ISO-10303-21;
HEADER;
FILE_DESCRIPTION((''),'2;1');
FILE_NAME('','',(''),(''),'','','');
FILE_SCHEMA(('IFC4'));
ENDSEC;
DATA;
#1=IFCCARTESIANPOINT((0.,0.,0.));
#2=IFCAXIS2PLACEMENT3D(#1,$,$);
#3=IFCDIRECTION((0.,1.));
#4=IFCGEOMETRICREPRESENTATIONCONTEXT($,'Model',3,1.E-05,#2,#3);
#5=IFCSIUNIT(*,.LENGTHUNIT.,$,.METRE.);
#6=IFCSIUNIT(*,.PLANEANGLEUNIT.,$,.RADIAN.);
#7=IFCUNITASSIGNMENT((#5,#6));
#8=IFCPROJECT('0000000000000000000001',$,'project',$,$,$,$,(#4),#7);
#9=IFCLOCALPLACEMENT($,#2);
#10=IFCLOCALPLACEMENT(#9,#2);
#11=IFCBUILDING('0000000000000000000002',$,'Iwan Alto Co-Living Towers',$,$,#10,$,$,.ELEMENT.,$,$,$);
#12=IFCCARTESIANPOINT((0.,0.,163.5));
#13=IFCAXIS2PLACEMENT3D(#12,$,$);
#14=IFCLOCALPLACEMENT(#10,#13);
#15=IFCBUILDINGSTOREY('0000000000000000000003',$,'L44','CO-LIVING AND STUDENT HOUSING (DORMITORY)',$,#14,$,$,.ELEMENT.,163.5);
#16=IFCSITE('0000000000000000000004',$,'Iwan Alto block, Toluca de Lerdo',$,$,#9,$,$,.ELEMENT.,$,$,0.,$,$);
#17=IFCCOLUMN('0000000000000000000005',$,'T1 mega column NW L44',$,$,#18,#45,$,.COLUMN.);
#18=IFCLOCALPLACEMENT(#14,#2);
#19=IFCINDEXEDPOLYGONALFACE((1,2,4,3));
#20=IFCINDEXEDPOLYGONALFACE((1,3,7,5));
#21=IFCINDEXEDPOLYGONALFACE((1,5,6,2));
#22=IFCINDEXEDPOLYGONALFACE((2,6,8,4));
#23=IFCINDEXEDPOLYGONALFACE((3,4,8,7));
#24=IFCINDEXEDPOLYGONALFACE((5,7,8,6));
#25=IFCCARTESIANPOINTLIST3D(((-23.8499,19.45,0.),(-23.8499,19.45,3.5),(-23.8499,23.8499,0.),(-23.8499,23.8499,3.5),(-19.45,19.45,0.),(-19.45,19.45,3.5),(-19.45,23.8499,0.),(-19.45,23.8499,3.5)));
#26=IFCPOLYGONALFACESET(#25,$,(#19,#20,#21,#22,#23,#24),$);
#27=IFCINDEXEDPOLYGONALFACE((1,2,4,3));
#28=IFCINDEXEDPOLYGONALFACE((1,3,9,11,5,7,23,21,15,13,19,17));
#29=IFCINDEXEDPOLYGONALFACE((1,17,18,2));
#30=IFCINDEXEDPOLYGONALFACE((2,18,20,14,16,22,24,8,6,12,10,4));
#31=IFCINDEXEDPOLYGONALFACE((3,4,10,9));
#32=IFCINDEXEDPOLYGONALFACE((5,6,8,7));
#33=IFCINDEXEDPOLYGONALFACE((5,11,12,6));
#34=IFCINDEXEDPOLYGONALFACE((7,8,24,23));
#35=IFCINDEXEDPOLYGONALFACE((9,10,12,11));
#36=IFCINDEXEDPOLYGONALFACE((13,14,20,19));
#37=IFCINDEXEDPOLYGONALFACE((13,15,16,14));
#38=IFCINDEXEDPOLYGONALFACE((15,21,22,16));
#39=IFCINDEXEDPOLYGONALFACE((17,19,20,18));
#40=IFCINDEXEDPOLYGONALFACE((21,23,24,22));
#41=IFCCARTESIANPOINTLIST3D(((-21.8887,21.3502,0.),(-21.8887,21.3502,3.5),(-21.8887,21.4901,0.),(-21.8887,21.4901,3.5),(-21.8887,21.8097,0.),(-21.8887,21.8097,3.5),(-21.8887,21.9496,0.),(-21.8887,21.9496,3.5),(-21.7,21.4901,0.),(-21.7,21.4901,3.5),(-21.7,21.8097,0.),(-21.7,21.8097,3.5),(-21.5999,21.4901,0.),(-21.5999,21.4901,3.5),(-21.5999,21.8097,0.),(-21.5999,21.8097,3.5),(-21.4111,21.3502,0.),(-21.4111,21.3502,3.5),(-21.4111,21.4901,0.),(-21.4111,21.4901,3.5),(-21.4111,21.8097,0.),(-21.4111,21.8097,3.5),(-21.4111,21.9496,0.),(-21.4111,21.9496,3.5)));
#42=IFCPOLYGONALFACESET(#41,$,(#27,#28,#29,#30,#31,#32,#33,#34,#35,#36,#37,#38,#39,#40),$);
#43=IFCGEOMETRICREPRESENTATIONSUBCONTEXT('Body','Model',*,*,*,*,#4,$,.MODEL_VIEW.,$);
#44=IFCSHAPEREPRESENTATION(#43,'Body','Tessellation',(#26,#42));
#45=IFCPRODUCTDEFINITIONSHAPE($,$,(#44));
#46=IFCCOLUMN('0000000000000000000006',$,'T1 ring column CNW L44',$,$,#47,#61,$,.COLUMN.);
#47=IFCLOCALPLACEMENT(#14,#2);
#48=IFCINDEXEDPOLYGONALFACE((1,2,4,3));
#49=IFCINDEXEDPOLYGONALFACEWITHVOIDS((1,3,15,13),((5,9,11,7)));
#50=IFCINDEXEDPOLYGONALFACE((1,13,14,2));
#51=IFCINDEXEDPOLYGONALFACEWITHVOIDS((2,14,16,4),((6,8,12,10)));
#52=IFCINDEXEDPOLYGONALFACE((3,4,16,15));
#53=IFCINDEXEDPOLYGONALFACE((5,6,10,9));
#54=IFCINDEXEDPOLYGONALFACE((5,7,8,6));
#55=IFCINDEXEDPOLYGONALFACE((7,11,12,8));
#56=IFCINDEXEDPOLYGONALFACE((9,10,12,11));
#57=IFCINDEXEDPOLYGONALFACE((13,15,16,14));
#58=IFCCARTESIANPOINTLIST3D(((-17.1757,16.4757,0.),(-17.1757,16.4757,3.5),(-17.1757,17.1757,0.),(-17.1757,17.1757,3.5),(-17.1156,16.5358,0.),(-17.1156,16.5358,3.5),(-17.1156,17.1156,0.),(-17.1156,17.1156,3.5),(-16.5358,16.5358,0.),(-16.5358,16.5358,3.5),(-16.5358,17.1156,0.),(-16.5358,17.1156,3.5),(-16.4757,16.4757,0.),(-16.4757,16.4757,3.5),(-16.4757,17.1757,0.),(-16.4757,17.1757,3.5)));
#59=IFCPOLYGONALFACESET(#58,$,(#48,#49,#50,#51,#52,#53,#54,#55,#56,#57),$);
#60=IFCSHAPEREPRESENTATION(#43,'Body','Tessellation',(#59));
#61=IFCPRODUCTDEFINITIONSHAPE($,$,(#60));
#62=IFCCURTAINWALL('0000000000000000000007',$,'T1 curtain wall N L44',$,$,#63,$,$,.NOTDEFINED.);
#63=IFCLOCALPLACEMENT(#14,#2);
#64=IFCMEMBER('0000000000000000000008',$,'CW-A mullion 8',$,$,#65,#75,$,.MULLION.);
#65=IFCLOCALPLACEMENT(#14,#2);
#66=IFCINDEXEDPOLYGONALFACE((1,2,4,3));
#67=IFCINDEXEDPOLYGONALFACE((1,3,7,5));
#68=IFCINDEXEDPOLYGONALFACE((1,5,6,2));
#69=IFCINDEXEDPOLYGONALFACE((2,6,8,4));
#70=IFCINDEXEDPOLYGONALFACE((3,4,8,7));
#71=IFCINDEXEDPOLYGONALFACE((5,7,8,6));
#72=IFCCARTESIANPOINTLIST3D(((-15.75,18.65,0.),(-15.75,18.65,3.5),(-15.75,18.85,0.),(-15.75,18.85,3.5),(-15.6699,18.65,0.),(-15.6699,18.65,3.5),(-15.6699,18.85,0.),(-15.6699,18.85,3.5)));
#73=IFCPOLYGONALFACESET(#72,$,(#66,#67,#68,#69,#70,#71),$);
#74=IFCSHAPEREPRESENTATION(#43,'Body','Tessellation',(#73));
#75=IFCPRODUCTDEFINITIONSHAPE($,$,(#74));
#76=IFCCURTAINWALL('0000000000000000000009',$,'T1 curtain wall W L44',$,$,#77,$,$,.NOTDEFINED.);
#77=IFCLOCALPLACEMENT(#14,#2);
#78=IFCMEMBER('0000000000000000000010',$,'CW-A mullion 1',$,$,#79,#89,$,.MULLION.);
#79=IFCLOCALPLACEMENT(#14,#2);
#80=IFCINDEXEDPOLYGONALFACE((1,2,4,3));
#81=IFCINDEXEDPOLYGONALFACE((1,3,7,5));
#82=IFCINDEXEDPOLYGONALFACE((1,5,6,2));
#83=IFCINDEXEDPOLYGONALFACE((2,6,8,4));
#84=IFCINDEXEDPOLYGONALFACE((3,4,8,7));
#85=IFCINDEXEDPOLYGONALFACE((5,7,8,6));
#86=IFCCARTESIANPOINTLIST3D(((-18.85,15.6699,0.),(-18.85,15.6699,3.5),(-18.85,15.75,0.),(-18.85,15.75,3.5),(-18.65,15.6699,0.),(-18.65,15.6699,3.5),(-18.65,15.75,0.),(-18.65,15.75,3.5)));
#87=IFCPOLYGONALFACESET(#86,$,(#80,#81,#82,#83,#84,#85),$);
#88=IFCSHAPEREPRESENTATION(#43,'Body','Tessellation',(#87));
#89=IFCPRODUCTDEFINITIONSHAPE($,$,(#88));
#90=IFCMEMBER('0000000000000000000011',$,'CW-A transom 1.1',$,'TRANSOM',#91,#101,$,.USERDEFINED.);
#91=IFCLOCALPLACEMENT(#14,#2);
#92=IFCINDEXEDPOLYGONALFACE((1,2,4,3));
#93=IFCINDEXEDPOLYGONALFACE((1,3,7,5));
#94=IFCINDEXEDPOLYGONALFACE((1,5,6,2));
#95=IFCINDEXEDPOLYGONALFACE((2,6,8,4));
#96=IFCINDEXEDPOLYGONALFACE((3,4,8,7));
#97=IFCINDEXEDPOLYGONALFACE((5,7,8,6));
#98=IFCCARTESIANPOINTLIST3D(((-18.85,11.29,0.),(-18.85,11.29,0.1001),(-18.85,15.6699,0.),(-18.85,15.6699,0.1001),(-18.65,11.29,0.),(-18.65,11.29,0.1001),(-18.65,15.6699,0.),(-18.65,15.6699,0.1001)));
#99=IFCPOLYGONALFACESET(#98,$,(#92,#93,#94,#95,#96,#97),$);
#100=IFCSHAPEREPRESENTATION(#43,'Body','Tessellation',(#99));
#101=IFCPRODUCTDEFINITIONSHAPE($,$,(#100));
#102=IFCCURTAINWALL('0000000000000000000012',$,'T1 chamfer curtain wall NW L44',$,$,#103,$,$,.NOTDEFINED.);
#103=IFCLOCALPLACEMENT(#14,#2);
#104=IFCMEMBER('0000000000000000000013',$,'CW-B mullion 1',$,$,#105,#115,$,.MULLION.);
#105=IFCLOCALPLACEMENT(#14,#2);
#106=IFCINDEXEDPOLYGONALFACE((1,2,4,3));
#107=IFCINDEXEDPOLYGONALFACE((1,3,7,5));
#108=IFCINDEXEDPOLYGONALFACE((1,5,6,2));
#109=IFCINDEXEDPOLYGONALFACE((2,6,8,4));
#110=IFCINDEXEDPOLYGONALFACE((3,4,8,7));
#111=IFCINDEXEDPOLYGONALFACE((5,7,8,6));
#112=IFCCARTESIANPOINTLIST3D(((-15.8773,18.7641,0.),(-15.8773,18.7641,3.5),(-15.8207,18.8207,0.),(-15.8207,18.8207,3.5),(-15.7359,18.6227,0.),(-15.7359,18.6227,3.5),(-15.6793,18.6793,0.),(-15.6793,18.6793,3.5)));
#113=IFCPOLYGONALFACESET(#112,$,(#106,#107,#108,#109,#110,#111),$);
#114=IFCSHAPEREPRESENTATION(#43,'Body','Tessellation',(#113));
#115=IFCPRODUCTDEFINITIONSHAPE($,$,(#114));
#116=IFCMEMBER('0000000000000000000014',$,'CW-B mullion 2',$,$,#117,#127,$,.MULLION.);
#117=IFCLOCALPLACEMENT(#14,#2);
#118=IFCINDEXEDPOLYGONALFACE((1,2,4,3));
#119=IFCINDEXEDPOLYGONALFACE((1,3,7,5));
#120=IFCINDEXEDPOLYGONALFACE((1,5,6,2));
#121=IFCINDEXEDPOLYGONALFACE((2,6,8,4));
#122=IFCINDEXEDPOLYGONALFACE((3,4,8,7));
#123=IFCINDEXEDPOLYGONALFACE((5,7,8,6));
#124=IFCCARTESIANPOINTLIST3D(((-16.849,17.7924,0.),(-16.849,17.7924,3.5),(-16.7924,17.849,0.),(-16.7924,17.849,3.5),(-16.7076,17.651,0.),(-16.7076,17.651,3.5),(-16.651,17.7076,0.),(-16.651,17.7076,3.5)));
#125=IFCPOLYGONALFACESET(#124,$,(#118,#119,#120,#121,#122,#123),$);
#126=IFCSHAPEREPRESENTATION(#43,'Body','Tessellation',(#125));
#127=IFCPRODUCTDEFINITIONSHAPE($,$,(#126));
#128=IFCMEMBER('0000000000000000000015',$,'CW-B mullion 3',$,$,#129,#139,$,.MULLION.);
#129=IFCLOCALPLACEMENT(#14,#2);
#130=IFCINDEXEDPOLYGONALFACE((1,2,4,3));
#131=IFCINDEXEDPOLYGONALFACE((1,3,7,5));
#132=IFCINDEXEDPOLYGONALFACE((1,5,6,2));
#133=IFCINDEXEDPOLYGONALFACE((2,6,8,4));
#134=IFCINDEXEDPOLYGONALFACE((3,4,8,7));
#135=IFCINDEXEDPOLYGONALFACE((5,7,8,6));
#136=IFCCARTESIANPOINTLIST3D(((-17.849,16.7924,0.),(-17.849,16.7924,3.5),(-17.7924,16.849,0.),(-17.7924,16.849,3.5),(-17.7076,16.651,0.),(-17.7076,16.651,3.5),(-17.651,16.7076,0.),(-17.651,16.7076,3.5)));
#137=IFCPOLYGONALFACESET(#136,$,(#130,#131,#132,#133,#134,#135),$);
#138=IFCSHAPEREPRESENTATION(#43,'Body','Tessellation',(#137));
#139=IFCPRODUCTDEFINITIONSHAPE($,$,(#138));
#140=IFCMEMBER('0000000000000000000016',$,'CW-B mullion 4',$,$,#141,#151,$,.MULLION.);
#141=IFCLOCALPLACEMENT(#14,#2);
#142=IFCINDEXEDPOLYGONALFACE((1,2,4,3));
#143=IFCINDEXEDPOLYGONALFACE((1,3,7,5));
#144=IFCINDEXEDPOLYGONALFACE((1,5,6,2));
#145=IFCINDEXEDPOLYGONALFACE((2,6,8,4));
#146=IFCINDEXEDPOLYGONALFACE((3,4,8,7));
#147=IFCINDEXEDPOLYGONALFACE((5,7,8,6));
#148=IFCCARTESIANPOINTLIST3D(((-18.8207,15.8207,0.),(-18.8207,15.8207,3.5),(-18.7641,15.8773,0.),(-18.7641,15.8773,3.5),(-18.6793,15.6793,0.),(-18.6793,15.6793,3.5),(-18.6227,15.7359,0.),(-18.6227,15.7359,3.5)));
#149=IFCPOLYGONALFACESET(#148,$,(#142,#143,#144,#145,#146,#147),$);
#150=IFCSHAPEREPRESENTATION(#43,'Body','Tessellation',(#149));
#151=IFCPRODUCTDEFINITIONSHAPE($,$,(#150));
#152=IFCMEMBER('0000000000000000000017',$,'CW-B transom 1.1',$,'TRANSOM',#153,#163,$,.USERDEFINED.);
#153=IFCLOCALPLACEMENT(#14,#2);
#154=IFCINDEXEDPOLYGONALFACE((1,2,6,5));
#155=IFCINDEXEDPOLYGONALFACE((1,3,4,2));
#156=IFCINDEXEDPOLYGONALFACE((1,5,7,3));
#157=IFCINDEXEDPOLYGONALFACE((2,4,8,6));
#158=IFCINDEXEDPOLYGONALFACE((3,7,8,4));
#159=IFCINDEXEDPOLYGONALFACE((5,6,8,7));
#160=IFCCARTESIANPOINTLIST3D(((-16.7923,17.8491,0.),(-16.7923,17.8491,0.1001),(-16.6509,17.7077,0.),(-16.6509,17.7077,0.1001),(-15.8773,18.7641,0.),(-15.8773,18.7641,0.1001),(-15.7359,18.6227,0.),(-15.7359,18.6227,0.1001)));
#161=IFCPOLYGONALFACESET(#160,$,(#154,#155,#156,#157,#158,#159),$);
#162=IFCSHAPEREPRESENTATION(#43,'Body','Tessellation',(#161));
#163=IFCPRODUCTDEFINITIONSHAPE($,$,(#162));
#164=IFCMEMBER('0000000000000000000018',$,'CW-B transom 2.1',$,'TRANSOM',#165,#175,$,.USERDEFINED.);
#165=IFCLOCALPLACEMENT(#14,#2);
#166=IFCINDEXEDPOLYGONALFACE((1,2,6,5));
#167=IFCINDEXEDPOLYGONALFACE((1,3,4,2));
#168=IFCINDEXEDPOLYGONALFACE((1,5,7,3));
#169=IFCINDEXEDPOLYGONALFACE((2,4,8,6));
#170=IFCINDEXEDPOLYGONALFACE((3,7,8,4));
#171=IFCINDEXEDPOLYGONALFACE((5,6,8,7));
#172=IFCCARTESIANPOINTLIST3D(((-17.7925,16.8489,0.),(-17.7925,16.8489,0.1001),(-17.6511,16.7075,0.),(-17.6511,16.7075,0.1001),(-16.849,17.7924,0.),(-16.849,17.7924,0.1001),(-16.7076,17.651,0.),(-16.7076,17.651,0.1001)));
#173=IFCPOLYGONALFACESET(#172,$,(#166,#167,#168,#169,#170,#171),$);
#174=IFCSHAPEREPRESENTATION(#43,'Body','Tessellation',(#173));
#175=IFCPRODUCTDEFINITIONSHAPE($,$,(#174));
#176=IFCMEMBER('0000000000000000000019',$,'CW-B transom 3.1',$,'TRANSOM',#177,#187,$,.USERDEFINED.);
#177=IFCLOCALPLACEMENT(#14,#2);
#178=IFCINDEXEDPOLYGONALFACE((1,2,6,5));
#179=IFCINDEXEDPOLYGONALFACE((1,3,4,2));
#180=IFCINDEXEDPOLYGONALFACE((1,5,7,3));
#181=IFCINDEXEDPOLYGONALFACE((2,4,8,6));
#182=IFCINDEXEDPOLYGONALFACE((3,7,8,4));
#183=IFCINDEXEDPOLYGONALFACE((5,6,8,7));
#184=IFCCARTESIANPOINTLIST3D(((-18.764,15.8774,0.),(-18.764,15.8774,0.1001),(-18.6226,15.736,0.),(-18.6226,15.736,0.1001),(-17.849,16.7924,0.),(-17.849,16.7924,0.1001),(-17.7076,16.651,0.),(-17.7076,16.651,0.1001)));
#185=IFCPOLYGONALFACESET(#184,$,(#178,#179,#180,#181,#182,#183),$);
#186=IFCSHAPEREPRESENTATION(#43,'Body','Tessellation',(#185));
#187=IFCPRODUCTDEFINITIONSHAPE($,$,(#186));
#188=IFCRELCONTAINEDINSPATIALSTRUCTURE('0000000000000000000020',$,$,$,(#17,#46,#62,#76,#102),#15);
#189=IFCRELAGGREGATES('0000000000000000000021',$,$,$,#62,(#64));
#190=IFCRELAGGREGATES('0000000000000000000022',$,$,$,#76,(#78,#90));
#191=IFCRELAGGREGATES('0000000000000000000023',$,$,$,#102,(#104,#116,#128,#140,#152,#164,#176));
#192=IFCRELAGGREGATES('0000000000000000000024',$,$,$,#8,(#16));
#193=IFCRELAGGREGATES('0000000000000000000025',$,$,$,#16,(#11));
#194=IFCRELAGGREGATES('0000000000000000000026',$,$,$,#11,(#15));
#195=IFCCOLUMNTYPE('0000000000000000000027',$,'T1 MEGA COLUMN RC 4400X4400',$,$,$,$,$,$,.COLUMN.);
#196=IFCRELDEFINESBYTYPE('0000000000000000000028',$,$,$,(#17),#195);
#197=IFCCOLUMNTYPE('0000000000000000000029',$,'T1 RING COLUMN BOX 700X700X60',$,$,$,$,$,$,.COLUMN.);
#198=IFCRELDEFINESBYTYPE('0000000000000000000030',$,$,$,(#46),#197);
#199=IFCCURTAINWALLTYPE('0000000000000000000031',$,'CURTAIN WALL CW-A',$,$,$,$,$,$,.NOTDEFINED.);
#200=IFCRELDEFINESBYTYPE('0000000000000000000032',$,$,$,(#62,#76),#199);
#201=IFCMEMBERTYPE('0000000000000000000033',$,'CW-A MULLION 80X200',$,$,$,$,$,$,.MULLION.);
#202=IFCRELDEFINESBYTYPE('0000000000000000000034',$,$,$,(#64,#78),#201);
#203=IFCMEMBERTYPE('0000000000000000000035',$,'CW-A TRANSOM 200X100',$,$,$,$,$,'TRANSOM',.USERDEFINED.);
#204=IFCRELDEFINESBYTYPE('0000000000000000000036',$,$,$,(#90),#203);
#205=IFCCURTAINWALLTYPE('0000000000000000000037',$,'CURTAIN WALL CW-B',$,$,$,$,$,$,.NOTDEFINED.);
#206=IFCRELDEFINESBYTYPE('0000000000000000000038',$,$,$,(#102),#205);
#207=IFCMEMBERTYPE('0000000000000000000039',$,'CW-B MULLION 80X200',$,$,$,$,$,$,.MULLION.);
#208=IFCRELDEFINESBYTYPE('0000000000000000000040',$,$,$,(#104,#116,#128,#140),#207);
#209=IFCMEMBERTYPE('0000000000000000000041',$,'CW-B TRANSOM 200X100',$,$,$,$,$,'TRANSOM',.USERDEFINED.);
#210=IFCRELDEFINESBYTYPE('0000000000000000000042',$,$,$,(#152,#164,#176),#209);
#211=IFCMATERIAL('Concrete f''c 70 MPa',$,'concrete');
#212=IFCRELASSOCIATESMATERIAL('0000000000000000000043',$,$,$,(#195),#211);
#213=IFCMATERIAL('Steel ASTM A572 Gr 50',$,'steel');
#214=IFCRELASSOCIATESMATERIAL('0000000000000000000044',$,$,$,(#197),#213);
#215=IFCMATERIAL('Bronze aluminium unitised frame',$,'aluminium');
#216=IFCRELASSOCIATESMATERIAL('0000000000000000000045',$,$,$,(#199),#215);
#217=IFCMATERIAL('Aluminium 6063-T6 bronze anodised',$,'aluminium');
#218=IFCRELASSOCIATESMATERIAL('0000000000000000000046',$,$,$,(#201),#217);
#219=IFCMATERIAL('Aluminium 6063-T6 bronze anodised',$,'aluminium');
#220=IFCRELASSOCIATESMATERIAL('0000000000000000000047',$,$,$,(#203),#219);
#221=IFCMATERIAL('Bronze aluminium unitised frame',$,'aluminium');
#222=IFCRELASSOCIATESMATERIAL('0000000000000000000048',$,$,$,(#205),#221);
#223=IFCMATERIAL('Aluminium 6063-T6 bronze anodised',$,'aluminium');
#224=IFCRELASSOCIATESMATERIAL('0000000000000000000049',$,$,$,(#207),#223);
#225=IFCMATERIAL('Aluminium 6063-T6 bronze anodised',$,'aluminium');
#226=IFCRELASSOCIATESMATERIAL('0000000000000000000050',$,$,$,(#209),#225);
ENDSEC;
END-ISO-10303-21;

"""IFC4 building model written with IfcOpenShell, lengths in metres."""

from ifc_helpers import new_model, si_unit, direction, frame, origin, origin_2d, place, context, subcontext, project, spatial, rectangle, hollow_rectangle, i_section, extrude, material, material_profile, profile_set, type_object, element, aggregate, save


model = new_model("IFC4")

# Units and contexts
model_context = context("Model", 3, precision=1e-05, world=origin(), true_north=direction((0.0, 1.0)))
body_context = subcontext(model_context, "Body", "Model", "MODEL_VIEW")
ifc_project = project(units=[si_unit("LENGTHUNIT", "METRE"), si_unit("PLANEANGLEUNIT", "RADIAN")], contexts=[model_context])

# Site, building, storey
site_placement = place(None, origin())
site = spatial("IfcSite", under=ifc_project, at=site_placement, Name="Iwan Alto block, Toluca de Lerdo", CompositionType="ELEMENT", RefElevation=0.0)
building_placement = place(site_placement, origin())
building = spatial("IfcBuilding", under=site, at=building_placement, Name="Iwan Alto Co-Living Towers", CompositionType="ELEMENT")
storey_placement = place(building_placement, frame((0.0, 0.0, 163.5)))
storey = spatial("IfcBuildingStorey", under=building, at=storey_placement, Name="L44", Description="CO-LIVING AND STUDENT HOUSING (DORMITORY)", CompositionType="ELEMENT", Elevation=163.5)

# Columns
ifc_material_1 = material(Name="Concrete f'c 70 MPa", Category="concrete")
ifc_material_profile_1 = material_profile(ifc_material_1, rectangle(XDim=4.3999, YDim=4.3999, at=origin_2d()), Name="RC 4400X4400")
ifc_profile_set_1 = profile_set([ifc_material_profile_1], Name="Concrete f'c 70 MPa")
column_type_1 = type_object("IfcColumnType", Name="T1 MEGA COLUMN RC 4400X4400", PredefinedType="COLUMN", material=ifc_profile_set_1)
column_1_placement = place(storey_placement, frame((-21.6499, 21.6499, 0.0), z_axis=(0.0, 0.0, 1.0), x_axis=(1.0, 0.0, 0.0)))
element("IfcColumn", 1, at=column_1_placement, inside=storey, type_object=column_type_1, Name="T1 mega column NW L44", PredefinedType="COLUMN", context=body_context, shape_type="SweptSolid", body=[
    extrude(rectangle(XDim=4.3999, YDim=4.3999, at=origin_2d()), origin(), (0.0, 0.0, 1.0), 3.5),
    extrude(i_section(OverallWidth=0.4775, OverallDepth=0.5994, WebThickness=0.1001, FlangeThickness=0.1399, at=origin_2d()), origin(), (0.0, 0.0, 1.0), 3.5),
])
ifc_material_2 = material(Name="Steel ASTM A572 Gr 50", Category="steel")
ifc_material_profile_2 = material_profile(ifc_material_2, hollow_rectangle(XDim=0.7, YDim=0.7, WallThickness=0.0601, at=origin_2d()), Name="BOX 700X700X60")
ifc_profile_set_2 = profile_set([ifc_material_profile_2], Name="Steel ASTM A572 Gr 50")
column_type_2 = type_object("IfcColumnType", Name="T1 RING COLUMN BOX 700X700X60", PredefinedType="COLUMN", material=ifc_profile_set_2)
column_2_placement = place(storey_placement, frame((-16.8257, 16.8257, 0.0), z_axis=(0.0, 0.0, 1.0), x_axis=(1.0, 0.0, 0.0)))
element("IfcColumn", 2, at=column_2_placement, inside=storey, type_object=column_type_2, Name="T1 ring column CNW L44", PredefinedType="COLUMN", context=body_context, shape_type="SweptSolid", body=[
    extrude(hollow_rectangle(XDim=0.7, YDim=0.7, WallThickness=0.0601, at=origin_2d()), origin(), (0.0, 0.0, 1.0), 3.5),
])

# Curtain wall, member
ifc_material_3 = material(Name="Bronze aluminium unitised frame", Category="aluminium")
curtain_wall_type_1 = type_object("IfcCurtainWallType", Name="CURTAIN WALL CW-A", PredefinedType="NOTDEFINED", material=ifc_material_3)
curtain_wall_1_placement = place(storey_placement, origin())
curtain_wall_1 = element("IfcCurtainWall", 3, at=curtain_wall_1_placement, inside=storey, type_object=curtain_wall_type_1, Name="T1 curtain wall N L44", PredefinedType="NOTDEFINED")
ifc_material_4 = material(Name="Aluminium 6063-T6 bronze anodised", Category="aluminium")
ifc_material_profile_3 = material_profile(ifc_material_4, rectangle(XDim=0.2, YDim=0.0801, at=origin_2d()), Name="AL 80X200")
ifc_profile_set_3 = profile_set([ifc_material_profile_3], Name="Aluminium 6063-T6 bronze anodised")
member_type_1 = type_object("IfcMemberType", Name="CW-A MULLION 80X200", PredefinedType="MULLION", material=ifc_profile_set_3)
member_1_placement = place(storey_placement, frame((-15.71, 18.75, 0.0), z_axis=(0.0, 0.0, 1.0), x_axis=(0.0, -1.0, 0.0)))
member_1 = element("IfcMember", 4, at=member_1_placement, type_object=member_type_1, Name="CW-A mullion 8", PredefinedType="MULLION", context=body_context, shape_type="SweptSolid", body=[
    extrude(rectangle(XDim=0.2, YDim=0.0801, at=origin_2d()), origin(), (0.0, 0.0, 1.0), 3.5),
])
aggregate(curtain_wall_1, [member_1])

# Curtain walls, members
curtain_wall_2_placement = place(storey_placement, origin())
curtain_wall_2 = element("IfcCurtainWall", 5, at=curtain_wall_2_placement, inside=storey, type_object=curtain_wall_type_1, Name="T1 curtain wall W L44", PredefinedType="NOTDEFINED")
member_2_placement = place(storey_placement, frame((-18.75, 15.71, 0.0), z_axis=(0.0, 0.0, 1.0), x_axis=(1.0, 0.0, 0.0)))
member_2 = element("IfcMember", 6, at=member_2_placement, type_object=member_type_1, Name="CW-A mullion 1", PredefinedType="MULLION", context=body_context, shape_type="SweptSolid", body=[
    extrude(rectangle(XDim=0.2, YDim=0.0801, at=origin_2d()), origin(), (0.0, 0.0, 1.0), 3.5),
])
ifc_material_5 = material(Name="Aluminium 6063-T6 bronze anodised", Category="aluminium")
ifc_material_profile_4 = material_profile(ifc_material_5, rectangle(XDim=0.2, YDim=0.1001, at=origin_2d()), Name="AL 200X100")
ifc_profile_set_4 = profile_set([ifc_material_profile_4], Name="Aluminium 6063-T6 bronze anodised")
member_type_2 = type_object("IfcMemberType", Name="CW-A TRANSOM 200X100", ElementType="TRANSOM", PredefinedType="USERDEFINED", material=ifc_profile_set_4)
member_3_placement = place(storey_placement, frame((-18.75, 15.6699, 0.05), z_axis=(0.0, -1.0, 0.0), x_axis=(1.0, 0.0, 0.0)))
member_3 = element("IfcMember", 7, at=member_3_placement, type_object=member_type_2, Name="CW-A transom 1.1", ObjectType="TRANSOM", PredefinedType="USERDEFINED", context=body_context, shape_type="SweptSolid", body=[
    extrude(rectangle(XDim=0.2, YDim=0.1001, at=origin_2d()), origin(), (0.0, 0.0, 1.0), 4.3799),
])
ifc_material_6 = material(Name="Bronze aluminium unitised frame", Category="aluminium")
curtain_wall_type_2 = type_object("IfcCurtainWallType", Name="CURTAIN WALL CW-B", PredefinedType="NOTDEFINED", material=ifc_material_6)
curtain_wall_3_placement = place(storey_placement, origin())
curtain_wall_3 = element("IfcCurtainWall", 8, at=curtain_wall_3_placement, inside=storey, type_object=curtain_wall_type_2, Name="T1 chamfer curtain wall NW L44", PredefinedType="NOTDEFINED")
ifc_material_7 = material(Name="Aluminium 6063-T6 bronze anodised", Category="aluminium")
ifc_material_profile_5 = material_profile(ifc_material_7, rectangle(XDim=0.2, YDim=0.0801, at=origin_2d()), Name="AL 80X200")
ifc_profile_set_5 = profile_set([ifc_material_profile_5], Name="Aluminium 6063-T6 bronze anodised")
member_type_3 = type_object("IfcMemberType", Name="CW-B MULLION 80X200", PredefinedType="MULLION", material=ifc_profile_set_5)
member_4_placement = place(storey_placement, frame((-15.7783, 18.7217, 0.0), z_axis=(0.0, 0.0, 1.0), x_axis=(0.707107, -0.707107, 0.0)))
member_4 = element("IfcMember", 9, at=member_4_placement, type_object=member_type_3, Name="CW-B mullion 1", PredefinedType="MULLION", context=body_context, shape_type="SweptSolid", body=[
    extrude(rectangle(XDim=0.2, YDim=0.0801, at=origin_2d()), origin(), (0.0, 0.0, 1.0), 3.5),
])
member_5_placement = place(storey_placement, frame((-16.75, 17.75, 0.0), z_axis=(0.0, 0.0, 1.0), x_axis=(0.707107, -0.707107, 0.0)))
member_5 = element("IfcMember", 10, at=member_5_placement, type_object=member_type_3, Name="CW-B mullion 2", PredefinedType="MULLION", context=body_context, shape_type="SweptSolid", body=[
    extrude(rectangle(XDim=0.2, YDim=0.0801, at=origin_2d()), origin(), (0.0, 0.0, 1.0), 3.5),
])
member_6_placement = place(storey_placement, frame((-17.75, 16.75, 0.0), z_axis=(0.0, 0.0, 1.0), x_axis=(0.707107, -0.707107, 0.0)))
member_6 = element("IfcMember", 11, at=member_6_placement, type_object=member_type_3, Name="CW-B mullion 3", PredefinedType="MULLION", context=body_context, shape_type="SweptSolid", body=[
    extrude(rectangle(XDim=0.2, YDim=0.0801, at=origin_2d()), origin(), (0.0, 0.0, 1.0), 3.5),
])
member_7_placement = place(storey_placement, frame((-18.7217, 15.7783, 0.0), z_axis=(0.0, 0.0, 1.0), x_axis=(0.707107, -0.707107, 0.0)))
member_7 = element("IfcMember", 12, at=member_7_placement, type_object=member_type_3, Name="CW-B mullion 4", PredefinedType="MULLION", context=body_context, shape_type="SweptSolid", body=[
    extrude(rectangle(XDim=0.2, YDim=0.0801, at=origin_2d()), origin(), (0.0, 0.0, 1.0), 3.5),
])
ifc_material_8 = material(Name="Aluminium 6063-T6 bronze anodised", Category="aluminium")
ifc_material_profile_6 = material_profile(ifc_material_8, rectangle(XDim=0.2, YDim=0.1001, at=origin_2d()), Name="AL 200X100")
ifc_profile_set_6 = profile_set([ifc_material_profile_6], Name="Aluminium 6063-T6 bronze anodised")
member_type_4 = type_object("IfcMemberType", Name="CW-B TRANSOM 200X100", ElementType="TRANSOM", PredefinedType="USERDEFINED", material=ifc_profile_set_6)
member_8_placement = place(storey_placement, frame((-15.8066, 18.6934, 0.05), z_axis=(-0.707107, -0.707107, 0.0), x_axis=(0.707107, -0.707107, 0.0)))
member_8 = element("IfcMember", 13, at=member_8_placement, type_object=member_type_4, Name="CW-B transom 1.1", ObjectType="TRANSOM", PredefinedType="USERDEFINED", context=body_context, shape_type="SweptSolid", body=[
    extrude(rectangle(XDim=0.2, YDim=0.1001, at=origin_2d()), origin(), (0.0, 0.0, 1.0), 1.2939),
])
member_9_placement = place(storey_placement, frame((-16.7783, 17.7217, 0.05), z_axis=(-0.707107, -0.707107, 0.0), x_axis=(0.707107, -0.707107, 0.0)))
member_9 = element("IfcMember", 14, at=member_9_placement, type_object=member_type_4, Name="CW-B transom 2.1", ObjectType="TRANSOM", PredefinedType="USERDEFINED", context=body_context, shape_type="SweptSolid", body=[
    extrude(rectangle(XDim=0.2, YDim=0.1001, at=origin_2d()), origin(), (0.0, 0.0, 1.0), 1.3342),
])
member_10_placement = place(storey_placement, frame((-17.7783, 16.7217, 0.05), z_axis=(-0.707107, -0.707107, 0.0), x_axis=(0.707107, -0.707107, 0.0)))
member_10 = element("IfcMember", 15, at=member_10_placement, type_object=member_type_4, Name="CW-B transom 3.1", ObjectType="TRANSOM", PredefinedType="USERDEFINED", context=body_context, shape_type="SweptSolid", body=[
    extrude(rectangle(XDim=0.2, YDim=0.1001, at=origin_2d()), origin(), (0.0, 0.0, 1.0), 1.2939),
])

aggregate(curtain_wall_2, [member_2, member_3])
aggregate(curtain_wall_3, [member_4, member_5, member_6, member_7, member_8, member_9, member_10])

save(model, "model.ifc")
